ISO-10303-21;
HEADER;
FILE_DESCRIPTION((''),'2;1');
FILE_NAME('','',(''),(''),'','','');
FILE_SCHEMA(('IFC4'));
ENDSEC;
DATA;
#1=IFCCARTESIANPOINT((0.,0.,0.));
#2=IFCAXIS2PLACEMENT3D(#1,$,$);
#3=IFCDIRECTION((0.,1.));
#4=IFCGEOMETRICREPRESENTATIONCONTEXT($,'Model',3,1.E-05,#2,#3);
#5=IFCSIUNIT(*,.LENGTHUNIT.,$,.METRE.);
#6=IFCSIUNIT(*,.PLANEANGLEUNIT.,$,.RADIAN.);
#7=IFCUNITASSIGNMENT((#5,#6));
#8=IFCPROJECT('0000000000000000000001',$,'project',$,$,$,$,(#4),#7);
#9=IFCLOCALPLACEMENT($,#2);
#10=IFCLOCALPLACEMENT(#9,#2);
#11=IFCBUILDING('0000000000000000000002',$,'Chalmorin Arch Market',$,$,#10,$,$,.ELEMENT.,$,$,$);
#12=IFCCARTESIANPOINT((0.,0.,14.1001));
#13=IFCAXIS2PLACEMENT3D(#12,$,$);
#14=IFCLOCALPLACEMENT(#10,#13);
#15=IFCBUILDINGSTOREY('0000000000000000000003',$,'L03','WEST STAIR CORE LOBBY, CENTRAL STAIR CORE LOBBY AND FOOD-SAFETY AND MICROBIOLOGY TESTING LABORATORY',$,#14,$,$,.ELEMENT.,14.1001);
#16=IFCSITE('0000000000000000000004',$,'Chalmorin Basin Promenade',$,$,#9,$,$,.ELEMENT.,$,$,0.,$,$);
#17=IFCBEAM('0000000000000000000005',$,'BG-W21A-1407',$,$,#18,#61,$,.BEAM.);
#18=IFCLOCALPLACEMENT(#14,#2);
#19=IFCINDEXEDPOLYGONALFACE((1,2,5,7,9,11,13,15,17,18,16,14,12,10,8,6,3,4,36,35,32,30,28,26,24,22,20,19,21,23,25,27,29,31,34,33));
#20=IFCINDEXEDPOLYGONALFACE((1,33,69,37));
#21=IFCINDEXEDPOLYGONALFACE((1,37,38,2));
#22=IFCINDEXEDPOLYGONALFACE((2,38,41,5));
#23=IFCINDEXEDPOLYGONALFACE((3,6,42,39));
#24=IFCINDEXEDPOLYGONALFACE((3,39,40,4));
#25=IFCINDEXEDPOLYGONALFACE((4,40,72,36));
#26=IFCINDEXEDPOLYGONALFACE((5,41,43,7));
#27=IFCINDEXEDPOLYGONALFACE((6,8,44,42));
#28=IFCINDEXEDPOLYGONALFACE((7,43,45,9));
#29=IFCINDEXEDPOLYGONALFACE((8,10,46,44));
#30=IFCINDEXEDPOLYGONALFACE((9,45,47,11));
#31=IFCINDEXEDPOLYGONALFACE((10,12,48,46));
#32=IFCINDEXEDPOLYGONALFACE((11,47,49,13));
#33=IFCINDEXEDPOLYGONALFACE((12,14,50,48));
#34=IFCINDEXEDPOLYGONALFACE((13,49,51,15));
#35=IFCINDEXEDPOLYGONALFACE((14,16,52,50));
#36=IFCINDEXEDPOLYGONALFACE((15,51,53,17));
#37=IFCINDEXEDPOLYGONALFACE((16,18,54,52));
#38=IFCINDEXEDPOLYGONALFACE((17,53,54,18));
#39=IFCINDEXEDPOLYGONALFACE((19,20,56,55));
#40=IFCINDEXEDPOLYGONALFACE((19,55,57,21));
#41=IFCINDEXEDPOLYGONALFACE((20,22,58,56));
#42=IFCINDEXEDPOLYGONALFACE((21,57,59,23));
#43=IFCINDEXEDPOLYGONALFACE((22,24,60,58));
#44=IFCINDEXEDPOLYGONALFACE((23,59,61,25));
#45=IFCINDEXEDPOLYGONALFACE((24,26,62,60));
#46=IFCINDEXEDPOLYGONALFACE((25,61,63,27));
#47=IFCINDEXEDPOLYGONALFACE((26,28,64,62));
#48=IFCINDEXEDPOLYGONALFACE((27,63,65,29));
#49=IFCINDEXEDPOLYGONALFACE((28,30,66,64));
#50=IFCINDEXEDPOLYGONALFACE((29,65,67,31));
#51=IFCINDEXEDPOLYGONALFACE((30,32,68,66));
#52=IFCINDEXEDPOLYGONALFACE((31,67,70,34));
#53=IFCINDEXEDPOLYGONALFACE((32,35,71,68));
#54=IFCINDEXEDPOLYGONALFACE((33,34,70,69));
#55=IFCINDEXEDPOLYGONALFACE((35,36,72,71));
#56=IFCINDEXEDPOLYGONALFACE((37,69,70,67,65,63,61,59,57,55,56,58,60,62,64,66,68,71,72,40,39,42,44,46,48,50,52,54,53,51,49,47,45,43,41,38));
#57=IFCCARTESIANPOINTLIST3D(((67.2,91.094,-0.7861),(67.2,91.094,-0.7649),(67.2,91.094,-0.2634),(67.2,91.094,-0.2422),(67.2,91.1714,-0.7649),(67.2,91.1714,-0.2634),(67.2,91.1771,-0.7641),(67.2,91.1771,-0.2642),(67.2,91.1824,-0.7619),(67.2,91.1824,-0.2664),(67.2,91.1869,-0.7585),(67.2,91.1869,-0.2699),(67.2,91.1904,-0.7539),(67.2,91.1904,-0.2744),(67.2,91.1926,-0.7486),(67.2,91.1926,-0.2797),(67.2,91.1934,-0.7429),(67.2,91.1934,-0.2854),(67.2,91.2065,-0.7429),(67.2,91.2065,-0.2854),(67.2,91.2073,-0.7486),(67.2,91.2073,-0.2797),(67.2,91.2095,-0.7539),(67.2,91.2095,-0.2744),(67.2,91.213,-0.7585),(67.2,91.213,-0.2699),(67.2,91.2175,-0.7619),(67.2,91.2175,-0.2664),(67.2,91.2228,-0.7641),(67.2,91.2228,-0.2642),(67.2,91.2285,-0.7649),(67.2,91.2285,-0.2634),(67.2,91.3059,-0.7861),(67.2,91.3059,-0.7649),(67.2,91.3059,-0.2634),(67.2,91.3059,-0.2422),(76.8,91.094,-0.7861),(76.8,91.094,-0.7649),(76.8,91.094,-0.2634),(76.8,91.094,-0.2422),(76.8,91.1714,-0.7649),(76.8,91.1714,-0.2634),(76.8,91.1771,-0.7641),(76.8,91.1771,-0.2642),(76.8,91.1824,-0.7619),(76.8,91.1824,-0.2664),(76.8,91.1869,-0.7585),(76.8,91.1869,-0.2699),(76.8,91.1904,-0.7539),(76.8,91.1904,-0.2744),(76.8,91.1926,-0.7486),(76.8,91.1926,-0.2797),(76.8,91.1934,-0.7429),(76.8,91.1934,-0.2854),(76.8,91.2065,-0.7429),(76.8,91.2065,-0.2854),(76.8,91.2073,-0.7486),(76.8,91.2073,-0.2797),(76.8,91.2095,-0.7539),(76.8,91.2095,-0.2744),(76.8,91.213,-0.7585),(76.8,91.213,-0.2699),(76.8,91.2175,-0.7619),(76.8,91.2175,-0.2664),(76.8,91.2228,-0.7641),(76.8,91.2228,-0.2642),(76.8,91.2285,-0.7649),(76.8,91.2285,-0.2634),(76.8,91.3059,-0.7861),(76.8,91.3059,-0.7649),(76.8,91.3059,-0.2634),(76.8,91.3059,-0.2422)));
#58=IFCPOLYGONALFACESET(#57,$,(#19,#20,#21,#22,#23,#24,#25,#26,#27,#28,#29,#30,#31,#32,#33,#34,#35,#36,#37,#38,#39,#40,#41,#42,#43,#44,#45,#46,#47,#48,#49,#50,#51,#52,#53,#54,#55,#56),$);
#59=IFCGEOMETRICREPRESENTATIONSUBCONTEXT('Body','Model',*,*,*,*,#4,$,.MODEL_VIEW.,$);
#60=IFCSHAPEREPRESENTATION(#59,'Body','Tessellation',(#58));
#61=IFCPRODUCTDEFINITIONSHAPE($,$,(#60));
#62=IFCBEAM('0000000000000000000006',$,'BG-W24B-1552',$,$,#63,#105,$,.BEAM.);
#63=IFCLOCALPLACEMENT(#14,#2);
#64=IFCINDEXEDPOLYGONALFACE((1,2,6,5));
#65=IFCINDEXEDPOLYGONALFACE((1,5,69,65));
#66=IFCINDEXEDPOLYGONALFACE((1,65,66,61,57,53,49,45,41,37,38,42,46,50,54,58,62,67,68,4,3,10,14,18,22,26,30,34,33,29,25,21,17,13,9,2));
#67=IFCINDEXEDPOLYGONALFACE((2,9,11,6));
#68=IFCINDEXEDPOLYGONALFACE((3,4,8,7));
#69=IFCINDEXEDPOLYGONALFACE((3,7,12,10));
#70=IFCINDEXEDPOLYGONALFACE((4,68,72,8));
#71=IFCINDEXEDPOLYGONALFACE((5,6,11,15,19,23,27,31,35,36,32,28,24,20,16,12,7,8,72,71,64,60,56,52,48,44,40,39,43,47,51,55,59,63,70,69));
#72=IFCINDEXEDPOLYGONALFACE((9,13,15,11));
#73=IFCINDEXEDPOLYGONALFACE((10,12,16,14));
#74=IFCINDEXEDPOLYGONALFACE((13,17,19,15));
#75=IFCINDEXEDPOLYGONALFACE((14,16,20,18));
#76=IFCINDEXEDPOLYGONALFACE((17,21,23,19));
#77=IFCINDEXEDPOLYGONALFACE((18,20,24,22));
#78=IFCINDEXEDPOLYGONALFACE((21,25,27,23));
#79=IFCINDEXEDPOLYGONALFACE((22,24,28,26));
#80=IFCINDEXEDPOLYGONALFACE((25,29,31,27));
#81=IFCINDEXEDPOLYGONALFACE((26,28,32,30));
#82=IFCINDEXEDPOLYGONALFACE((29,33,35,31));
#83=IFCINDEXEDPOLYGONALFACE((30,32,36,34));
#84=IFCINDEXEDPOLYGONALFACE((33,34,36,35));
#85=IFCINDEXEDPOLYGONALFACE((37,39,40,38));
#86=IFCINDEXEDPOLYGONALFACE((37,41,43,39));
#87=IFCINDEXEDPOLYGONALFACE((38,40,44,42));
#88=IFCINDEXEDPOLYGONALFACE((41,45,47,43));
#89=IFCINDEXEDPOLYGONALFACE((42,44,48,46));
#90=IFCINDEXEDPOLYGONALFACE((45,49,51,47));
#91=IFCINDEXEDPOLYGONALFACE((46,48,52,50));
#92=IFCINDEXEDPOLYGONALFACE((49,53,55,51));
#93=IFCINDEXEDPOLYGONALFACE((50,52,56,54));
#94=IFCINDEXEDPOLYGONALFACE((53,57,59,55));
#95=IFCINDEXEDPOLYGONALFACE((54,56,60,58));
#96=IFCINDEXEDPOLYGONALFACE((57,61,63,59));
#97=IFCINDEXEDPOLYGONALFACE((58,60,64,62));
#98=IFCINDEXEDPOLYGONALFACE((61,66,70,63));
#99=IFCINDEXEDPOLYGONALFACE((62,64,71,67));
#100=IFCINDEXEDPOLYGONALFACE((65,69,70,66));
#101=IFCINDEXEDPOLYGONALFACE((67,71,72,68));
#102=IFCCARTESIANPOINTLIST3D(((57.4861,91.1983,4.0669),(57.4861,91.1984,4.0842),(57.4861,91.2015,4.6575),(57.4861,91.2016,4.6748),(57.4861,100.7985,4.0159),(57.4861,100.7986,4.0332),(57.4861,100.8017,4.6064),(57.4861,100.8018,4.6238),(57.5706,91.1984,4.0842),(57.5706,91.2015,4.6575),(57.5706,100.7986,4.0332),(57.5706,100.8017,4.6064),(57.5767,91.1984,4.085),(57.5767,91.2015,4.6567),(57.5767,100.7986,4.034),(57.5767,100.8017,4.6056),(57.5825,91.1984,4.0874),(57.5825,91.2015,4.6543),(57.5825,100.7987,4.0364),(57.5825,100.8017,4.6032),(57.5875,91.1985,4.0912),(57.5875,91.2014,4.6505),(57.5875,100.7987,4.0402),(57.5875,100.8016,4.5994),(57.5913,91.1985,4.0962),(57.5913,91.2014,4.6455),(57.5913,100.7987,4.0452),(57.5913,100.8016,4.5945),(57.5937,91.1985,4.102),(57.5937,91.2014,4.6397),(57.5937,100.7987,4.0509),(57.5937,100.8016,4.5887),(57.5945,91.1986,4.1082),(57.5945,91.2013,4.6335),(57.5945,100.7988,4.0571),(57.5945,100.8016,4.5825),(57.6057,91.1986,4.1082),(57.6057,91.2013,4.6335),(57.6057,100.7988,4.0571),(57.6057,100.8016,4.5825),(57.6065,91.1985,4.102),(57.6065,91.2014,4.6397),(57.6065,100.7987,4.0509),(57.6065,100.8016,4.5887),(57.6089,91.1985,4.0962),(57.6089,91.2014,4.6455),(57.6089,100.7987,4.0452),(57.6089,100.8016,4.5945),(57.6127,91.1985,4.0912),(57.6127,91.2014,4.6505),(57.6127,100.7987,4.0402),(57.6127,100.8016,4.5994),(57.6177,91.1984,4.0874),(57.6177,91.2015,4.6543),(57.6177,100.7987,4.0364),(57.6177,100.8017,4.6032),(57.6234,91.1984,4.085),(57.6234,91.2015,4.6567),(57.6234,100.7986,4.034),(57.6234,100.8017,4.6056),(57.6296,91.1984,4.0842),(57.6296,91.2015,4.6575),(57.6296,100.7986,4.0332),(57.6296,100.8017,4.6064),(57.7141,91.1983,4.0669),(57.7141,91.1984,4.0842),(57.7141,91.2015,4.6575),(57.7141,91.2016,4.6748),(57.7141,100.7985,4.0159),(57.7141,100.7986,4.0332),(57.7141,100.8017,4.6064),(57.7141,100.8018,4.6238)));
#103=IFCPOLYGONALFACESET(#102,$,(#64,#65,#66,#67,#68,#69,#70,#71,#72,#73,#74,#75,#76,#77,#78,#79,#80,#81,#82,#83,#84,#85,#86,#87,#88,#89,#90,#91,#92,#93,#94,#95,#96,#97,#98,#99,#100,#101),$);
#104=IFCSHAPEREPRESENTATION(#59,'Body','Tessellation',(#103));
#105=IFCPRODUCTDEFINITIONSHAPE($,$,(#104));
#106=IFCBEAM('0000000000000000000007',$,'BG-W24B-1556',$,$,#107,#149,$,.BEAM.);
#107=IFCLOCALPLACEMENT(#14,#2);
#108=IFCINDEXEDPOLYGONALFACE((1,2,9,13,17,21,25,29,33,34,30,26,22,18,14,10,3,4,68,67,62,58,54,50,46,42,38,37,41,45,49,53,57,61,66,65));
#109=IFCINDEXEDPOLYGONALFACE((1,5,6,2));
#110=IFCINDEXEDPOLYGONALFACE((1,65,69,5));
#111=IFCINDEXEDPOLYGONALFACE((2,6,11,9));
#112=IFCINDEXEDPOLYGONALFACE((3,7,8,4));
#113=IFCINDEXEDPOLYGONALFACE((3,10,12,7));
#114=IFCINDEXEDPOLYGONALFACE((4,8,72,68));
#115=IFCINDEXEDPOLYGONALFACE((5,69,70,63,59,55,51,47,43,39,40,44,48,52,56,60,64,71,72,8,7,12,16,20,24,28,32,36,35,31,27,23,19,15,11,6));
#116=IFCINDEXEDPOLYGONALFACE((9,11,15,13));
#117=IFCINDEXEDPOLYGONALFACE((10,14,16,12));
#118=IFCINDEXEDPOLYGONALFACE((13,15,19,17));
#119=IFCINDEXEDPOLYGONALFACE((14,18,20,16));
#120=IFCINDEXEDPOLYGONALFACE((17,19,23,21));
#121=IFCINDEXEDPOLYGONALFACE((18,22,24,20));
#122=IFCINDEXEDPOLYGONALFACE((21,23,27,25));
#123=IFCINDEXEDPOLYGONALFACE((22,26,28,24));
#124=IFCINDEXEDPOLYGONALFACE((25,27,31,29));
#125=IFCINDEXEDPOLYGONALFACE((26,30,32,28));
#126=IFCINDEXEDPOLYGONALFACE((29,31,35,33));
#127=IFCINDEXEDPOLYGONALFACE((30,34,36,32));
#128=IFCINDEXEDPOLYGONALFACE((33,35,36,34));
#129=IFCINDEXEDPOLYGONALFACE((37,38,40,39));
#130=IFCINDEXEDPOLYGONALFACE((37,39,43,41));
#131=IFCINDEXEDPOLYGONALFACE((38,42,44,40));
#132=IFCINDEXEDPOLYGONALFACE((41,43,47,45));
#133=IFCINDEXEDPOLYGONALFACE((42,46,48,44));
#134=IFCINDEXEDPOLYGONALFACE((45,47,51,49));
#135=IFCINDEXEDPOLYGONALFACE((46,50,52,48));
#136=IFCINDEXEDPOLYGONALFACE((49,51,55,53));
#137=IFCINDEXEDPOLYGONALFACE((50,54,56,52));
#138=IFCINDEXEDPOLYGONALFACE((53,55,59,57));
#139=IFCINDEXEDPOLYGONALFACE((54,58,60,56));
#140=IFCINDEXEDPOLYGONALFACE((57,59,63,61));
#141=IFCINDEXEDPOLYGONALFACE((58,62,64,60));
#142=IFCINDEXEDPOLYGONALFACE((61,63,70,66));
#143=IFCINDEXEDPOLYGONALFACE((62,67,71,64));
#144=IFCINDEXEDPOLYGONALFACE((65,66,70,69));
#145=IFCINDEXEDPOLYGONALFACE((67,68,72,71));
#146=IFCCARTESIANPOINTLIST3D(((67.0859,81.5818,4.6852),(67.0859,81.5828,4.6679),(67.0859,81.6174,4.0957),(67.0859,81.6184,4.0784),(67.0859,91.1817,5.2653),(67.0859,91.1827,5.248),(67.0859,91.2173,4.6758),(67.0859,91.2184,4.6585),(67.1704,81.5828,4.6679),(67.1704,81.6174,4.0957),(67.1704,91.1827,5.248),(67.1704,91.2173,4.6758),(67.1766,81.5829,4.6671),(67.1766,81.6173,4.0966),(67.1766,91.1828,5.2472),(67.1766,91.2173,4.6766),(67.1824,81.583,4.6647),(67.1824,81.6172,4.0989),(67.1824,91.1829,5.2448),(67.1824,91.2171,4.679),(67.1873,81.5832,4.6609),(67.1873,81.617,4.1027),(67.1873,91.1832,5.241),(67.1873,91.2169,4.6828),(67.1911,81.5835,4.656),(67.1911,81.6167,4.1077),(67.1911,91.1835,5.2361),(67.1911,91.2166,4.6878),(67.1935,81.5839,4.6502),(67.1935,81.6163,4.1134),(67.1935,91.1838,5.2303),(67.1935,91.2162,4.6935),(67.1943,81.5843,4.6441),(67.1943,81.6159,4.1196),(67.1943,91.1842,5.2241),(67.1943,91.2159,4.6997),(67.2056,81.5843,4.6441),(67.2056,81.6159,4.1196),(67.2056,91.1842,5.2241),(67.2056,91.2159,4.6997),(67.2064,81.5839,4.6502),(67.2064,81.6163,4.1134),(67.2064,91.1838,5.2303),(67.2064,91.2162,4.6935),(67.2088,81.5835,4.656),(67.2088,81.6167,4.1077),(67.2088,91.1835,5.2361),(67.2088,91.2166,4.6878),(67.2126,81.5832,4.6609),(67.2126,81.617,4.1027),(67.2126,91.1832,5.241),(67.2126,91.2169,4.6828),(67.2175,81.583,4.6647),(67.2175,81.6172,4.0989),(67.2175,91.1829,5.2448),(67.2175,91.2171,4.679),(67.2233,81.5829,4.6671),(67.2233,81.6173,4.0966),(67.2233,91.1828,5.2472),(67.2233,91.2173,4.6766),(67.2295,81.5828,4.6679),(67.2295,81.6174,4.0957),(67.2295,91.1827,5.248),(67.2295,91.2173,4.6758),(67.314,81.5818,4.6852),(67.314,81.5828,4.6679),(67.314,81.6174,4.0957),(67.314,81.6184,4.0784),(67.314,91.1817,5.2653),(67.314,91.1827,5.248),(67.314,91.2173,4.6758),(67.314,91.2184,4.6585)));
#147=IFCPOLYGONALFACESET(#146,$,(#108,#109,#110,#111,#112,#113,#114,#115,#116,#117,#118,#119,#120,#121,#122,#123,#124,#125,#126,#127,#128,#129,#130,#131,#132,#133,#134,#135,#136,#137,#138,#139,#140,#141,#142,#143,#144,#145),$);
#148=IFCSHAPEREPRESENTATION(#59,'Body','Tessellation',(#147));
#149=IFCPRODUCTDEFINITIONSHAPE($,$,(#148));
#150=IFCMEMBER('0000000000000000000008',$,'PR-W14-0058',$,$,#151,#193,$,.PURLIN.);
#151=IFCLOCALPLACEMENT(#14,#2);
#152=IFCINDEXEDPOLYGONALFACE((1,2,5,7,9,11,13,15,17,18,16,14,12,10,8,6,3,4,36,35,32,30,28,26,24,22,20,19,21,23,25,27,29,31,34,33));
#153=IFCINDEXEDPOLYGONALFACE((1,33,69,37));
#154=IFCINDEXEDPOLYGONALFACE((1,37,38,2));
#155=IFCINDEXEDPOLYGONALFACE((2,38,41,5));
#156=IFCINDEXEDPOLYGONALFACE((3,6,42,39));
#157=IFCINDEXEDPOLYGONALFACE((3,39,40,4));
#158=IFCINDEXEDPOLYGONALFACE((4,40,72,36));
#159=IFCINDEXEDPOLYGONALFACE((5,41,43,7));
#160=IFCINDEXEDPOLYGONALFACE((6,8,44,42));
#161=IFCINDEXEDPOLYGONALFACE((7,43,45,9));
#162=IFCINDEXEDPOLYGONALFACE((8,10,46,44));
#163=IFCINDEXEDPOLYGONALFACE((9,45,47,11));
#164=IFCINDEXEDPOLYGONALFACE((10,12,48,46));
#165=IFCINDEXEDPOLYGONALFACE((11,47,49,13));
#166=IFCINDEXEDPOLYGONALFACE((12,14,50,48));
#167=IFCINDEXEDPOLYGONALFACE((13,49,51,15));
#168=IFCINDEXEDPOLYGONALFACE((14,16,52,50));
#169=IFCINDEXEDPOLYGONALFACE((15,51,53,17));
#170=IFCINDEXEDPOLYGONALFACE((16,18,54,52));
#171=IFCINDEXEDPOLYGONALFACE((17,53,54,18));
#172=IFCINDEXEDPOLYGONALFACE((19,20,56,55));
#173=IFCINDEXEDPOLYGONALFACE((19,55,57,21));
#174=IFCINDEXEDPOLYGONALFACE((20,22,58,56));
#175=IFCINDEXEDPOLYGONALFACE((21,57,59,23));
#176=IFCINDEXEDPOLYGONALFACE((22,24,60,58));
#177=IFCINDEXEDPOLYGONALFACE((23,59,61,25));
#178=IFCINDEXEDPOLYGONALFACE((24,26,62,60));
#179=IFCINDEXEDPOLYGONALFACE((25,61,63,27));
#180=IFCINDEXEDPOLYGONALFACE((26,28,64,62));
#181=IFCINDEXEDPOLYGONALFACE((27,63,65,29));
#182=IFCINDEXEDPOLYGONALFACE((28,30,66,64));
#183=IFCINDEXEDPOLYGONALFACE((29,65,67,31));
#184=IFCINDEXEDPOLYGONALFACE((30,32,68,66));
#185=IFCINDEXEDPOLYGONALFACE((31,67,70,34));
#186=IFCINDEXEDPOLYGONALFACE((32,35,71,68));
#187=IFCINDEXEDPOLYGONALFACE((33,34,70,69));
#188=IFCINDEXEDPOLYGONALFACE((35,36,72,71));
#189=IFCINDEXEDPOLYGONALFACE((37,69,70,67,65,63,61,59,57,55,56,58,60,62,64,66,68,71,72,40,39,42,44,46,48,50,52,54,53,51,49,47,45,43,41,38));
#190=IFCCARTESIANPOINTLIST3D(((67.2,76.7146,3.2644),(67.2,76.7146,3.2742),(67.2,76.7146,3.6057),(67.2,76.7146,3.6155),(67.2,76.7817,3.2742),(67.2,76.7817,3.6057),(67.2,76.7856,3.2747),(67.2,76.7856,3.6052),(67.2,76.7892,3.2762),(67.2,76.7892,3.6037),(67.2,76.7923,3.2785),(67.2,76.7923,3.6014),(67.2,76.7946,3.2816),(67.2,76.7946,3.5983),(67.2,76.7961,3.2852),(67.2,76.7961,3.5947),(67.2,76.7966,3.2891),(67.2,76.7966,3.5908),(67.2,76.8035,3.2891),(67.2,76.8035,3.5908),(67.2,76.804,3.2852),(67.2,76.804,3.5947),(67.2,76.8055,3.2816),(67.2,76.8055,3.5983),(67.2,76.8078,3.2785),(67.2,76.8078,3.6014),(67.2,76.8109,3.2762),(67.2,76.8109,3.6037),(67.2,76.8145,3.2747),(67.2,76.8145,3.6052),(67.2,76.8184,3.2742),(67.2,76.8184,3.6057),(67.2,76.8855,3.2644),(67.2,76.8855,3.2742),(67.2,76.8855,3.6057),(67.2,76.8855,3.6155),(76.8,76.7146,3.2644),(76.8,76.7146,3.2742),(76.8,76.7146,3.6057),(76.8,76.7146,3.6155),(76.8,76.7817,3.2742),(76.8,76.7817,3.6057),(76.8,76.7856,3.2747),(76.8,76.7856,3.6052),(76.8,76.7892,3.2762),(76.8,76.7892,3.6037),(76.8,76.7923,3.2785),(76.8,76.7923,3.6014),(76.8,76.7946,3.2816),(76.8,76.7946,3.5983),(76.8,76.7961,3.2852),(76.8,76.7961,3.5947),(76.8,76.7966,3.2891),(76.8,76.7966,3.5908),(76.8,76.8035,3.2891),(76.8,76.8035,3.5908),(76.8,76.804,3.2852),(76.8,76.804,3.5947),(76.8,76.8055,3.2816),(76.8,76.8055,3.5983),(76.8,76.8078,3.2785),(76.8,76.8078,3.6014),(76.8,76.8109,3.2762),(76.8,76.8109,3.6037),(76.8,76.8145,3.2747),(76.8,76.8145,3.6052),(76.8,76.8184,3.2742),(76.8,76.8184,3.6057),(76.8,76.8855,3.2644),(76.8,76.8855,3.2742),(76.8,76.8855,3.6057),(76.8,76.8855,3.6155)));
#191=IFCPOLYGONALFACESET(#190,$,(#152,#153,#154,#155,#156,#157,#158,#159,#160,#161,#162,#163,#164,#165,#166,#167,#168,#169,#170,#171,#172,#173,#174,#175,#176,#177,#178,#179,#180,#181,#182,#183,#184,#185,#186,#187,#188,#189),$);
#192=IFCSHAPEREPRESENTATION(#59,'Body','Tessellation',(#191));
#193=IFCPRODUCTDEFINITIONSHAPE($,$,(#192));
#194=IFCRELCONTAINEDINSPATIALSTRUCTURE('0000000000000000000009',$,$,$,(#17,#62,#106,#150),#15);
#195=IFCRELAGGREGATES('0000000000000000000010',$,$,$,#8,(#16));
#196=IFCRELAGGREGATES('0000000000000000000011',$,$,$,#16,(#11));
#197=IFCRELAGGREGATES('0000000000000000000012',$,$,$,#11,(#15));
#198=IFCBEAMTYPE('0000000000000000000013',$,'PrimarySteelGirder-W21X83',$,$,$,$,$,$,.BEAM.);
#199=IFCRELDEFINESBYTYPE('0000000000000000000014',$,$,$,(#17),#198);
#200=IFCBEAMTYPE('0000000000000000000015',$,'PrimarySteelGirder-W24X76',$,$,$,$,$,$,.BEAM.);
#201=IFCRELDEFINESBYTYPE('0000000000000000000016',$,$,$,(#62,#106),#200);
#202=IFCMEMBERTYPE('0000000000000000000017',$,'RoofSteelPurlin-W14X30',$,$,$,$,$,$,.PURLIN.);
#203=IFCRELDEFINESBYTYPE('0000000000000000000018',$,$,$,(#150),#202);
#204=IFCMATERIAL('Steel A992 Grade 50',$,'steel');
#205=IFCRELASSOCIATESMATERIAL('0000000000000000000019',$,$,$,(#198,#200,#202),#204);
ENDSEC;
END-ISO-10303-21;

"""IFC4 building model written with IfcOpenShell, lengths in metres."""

from ifc_helpers import new_model, si_unit, direction, frame, origin, origin_2d, place, context, subcontext, project, spatial, i_section, extrude, material, material_profile, profile_set, type_object, element, save


model = new_model("IFC4")

# Units and contexts
model_context = context("Model", 3, precision=1e-05, world=origin(), true_north=direction((0.0, 1.0)))
body_context = subcontext(model_context, "Body", "Model", "MODEL_VIEW")
ifc_project = project(units=[si_unit("LENGTHUNIT", "METRE"), si_unit("PLANEANGLEUNIT", "RADIAN")], contexts=[model_context])

# Site, building, storey
site_placement = place(None, origin())
site = spatial("IfcSite", under=ifc_project, at=site_placement, Name="Chalmorin Basin Promenade", CompositionType="ELEMENT", RefElevation=0.0)
building_placement = place(site_placement, origin())
building = spatial("IfcBuilding", under=site, at=building_placement, Name="Chalmorin Arch Market", CompositionType="ELEMENT")
storey_placement = place(building_placement, frame((0.0, 0.0, 14.1001)))
storey = spatial("IfcBuildingStorey", under=building, at=storey_placement, Name="L03", Description="WEST STAIR CORE LOBBY, CENTRAL STAIR CORE LOBBY AND FOOD-SAFETY AND MICROBIOLOGY TESTING LABORATORY", CompositionType="ELEMENT", Elevation=14.1001)

# Beams
ifc_material_1 = material(Name="Steel A992 Grade 50", Category="steel")
ifc_material_profile_1 = material_profile(ifc_material_1, i_section(OverallWidth=0.2119, OverallDepth=0.5439, WebThickness=0.0132, FlangeThickness=0.0212, FilletRadius=0.022, at=origin_2d()), Name="W21X83")
ifc_profile_set_1 = profile_set([ifc_material_profile_1], Name="Steel A992 Grade 50")
beam_type_1 = type_object("IfcBeamType", Name="PrimarySteelGirder-W21X83", PredefinedType="BEAM", material=ifc_profile_set_1)
for number, where, z_axis, x_axis, name in (
    (1, (67.2, 91.2, -0.5142), (1.0, 0.0, 0.0), (0.0, 1.0, 0.0), "BG-W21A-1407"),
):
    element("IfcBeam", number, at=place(storey_placement, frame(where, z_axis=z_axis, x_axis=x_axis)), inside=storey, type_object=beam_type_1, Name=name, PredefinedType="BEAM", context=body_context, shape_type="SweptSolid", body=[
        extrude(i_section(OverallWidth=0.2119, OverallDepth=0.5439, WebThickness=0.0132, FlangeThickness=0.0212, FilletRadius=0.022, at=origin_2d()), origin(), (0.0, 0.0, 1.0), 9.6001),
    ])
ifc_material_profile_2 = material_profile(ifc_material_1, i_section(OverallWidth=0.228, OverallDepth=0.6079, WebThickness=0.0112, FlangeThickness=0.0173, FilletRadius=0.0239, at=origin_2d()), Name="W24X76")
ifc_profile_set_2 = profile_set([ifc_material_profile_2], Name="Steel A992 Grade 50")
beam_type_2 = type_object("IfcBeamType", Name="PrimarySteelGirder-W24X76", PredefinedType="BEAM", material=ifc_profile_set_2)
beam_1_placement = place(storey_placement, frame((57.6001, 91.2, 4.3708), z_axis=(0.0, 0.999986, -0.005315), x_axis=(-1.0, 0.0, 0.0)))
element("IfcBeam", 2, at=beam_1_placement, inside=storey, type_object=beam_type_2, Name="BG-W24B-1552", PredefinedType="BEAM", context=body_context, shape_type="SweptSolid", body=[
    extrude(i_section(OverallWidth=0.228, OverallDepth=0.6079, WebThickness=0.0112, FlangeThickness=0.0173, FilletRadius=0.0239, at=origin_2d()), origin(), (0.0, 0.0, 1.0), 9.6003),
])
beam_2_placement = place(storey_placement, frame((67.2, 81.6001, 4.3818), z_axis=(0.0, 0.998179, 0.060316), x_axis=(-1.0, 0.0, 0.0)))
element("IfcBeam", 3, at=beam_2_placement, inside=storey, type_object=beam_type_2, Name="BG-W24B-1556", PredefinedType="BEAM", context=body_context, shape_type="SweptSolid", body=[
    extrude(i_section(OverallWidth=0.228, OverallDepth=0.6079, WebThickness=0.0112, FlangeThickness=0.0173, FilletRadius=0.0239, at=origin_2d()), origin(), (0.0, 0.0, 1.0), 9.6174),
])

# Member
ifc_material_profile_3 = material_profile(ifc_material_1, i_section(OverallWidth=0.1709, OverallDepth=0.3511, WebThickness=0.0068, FlangeThickness=0.0098, FilletRadius=0.0149, at=origin_2d()), Name="W14X30")
ifc_profile_set_3 = profile_set([ifc_material_profile_3], Name="Steel A992 Grade 50")
member_type = type_object("IfcMemberType", Name="RoofSteelPurlin-W14X30", PredefinedType="PURLIN", material=ifc_profile_set_3)
for number, where, z_axis, x_axis, name in (
    (4, (67.2, 76.8, 3.4399), (1.0, 0.0, 0.0), (0.0, 1.0, 0.0), "PR-W14-0058"),
):
    element("IfcMember", number, at=place(storey_placement, frame(where, z_axis=z_axis, x_axis=x_axis)), inside=storey, type_object=member_type, Name=name, PredefinedType="PURLIN", context=body_context, shape_type="SweptSolid", body=[
        extrude(i_section(OverallWidth=0.1709, OverallDepth=0.3511, WebThickness=0.0068, FlangeThickness=0.0098, FilletRadius=0.0149, at=origin_2d()), origin(), (0.0, 0.0, 1.0), 9.6001),
    ])

save(model, "model.ifc")
